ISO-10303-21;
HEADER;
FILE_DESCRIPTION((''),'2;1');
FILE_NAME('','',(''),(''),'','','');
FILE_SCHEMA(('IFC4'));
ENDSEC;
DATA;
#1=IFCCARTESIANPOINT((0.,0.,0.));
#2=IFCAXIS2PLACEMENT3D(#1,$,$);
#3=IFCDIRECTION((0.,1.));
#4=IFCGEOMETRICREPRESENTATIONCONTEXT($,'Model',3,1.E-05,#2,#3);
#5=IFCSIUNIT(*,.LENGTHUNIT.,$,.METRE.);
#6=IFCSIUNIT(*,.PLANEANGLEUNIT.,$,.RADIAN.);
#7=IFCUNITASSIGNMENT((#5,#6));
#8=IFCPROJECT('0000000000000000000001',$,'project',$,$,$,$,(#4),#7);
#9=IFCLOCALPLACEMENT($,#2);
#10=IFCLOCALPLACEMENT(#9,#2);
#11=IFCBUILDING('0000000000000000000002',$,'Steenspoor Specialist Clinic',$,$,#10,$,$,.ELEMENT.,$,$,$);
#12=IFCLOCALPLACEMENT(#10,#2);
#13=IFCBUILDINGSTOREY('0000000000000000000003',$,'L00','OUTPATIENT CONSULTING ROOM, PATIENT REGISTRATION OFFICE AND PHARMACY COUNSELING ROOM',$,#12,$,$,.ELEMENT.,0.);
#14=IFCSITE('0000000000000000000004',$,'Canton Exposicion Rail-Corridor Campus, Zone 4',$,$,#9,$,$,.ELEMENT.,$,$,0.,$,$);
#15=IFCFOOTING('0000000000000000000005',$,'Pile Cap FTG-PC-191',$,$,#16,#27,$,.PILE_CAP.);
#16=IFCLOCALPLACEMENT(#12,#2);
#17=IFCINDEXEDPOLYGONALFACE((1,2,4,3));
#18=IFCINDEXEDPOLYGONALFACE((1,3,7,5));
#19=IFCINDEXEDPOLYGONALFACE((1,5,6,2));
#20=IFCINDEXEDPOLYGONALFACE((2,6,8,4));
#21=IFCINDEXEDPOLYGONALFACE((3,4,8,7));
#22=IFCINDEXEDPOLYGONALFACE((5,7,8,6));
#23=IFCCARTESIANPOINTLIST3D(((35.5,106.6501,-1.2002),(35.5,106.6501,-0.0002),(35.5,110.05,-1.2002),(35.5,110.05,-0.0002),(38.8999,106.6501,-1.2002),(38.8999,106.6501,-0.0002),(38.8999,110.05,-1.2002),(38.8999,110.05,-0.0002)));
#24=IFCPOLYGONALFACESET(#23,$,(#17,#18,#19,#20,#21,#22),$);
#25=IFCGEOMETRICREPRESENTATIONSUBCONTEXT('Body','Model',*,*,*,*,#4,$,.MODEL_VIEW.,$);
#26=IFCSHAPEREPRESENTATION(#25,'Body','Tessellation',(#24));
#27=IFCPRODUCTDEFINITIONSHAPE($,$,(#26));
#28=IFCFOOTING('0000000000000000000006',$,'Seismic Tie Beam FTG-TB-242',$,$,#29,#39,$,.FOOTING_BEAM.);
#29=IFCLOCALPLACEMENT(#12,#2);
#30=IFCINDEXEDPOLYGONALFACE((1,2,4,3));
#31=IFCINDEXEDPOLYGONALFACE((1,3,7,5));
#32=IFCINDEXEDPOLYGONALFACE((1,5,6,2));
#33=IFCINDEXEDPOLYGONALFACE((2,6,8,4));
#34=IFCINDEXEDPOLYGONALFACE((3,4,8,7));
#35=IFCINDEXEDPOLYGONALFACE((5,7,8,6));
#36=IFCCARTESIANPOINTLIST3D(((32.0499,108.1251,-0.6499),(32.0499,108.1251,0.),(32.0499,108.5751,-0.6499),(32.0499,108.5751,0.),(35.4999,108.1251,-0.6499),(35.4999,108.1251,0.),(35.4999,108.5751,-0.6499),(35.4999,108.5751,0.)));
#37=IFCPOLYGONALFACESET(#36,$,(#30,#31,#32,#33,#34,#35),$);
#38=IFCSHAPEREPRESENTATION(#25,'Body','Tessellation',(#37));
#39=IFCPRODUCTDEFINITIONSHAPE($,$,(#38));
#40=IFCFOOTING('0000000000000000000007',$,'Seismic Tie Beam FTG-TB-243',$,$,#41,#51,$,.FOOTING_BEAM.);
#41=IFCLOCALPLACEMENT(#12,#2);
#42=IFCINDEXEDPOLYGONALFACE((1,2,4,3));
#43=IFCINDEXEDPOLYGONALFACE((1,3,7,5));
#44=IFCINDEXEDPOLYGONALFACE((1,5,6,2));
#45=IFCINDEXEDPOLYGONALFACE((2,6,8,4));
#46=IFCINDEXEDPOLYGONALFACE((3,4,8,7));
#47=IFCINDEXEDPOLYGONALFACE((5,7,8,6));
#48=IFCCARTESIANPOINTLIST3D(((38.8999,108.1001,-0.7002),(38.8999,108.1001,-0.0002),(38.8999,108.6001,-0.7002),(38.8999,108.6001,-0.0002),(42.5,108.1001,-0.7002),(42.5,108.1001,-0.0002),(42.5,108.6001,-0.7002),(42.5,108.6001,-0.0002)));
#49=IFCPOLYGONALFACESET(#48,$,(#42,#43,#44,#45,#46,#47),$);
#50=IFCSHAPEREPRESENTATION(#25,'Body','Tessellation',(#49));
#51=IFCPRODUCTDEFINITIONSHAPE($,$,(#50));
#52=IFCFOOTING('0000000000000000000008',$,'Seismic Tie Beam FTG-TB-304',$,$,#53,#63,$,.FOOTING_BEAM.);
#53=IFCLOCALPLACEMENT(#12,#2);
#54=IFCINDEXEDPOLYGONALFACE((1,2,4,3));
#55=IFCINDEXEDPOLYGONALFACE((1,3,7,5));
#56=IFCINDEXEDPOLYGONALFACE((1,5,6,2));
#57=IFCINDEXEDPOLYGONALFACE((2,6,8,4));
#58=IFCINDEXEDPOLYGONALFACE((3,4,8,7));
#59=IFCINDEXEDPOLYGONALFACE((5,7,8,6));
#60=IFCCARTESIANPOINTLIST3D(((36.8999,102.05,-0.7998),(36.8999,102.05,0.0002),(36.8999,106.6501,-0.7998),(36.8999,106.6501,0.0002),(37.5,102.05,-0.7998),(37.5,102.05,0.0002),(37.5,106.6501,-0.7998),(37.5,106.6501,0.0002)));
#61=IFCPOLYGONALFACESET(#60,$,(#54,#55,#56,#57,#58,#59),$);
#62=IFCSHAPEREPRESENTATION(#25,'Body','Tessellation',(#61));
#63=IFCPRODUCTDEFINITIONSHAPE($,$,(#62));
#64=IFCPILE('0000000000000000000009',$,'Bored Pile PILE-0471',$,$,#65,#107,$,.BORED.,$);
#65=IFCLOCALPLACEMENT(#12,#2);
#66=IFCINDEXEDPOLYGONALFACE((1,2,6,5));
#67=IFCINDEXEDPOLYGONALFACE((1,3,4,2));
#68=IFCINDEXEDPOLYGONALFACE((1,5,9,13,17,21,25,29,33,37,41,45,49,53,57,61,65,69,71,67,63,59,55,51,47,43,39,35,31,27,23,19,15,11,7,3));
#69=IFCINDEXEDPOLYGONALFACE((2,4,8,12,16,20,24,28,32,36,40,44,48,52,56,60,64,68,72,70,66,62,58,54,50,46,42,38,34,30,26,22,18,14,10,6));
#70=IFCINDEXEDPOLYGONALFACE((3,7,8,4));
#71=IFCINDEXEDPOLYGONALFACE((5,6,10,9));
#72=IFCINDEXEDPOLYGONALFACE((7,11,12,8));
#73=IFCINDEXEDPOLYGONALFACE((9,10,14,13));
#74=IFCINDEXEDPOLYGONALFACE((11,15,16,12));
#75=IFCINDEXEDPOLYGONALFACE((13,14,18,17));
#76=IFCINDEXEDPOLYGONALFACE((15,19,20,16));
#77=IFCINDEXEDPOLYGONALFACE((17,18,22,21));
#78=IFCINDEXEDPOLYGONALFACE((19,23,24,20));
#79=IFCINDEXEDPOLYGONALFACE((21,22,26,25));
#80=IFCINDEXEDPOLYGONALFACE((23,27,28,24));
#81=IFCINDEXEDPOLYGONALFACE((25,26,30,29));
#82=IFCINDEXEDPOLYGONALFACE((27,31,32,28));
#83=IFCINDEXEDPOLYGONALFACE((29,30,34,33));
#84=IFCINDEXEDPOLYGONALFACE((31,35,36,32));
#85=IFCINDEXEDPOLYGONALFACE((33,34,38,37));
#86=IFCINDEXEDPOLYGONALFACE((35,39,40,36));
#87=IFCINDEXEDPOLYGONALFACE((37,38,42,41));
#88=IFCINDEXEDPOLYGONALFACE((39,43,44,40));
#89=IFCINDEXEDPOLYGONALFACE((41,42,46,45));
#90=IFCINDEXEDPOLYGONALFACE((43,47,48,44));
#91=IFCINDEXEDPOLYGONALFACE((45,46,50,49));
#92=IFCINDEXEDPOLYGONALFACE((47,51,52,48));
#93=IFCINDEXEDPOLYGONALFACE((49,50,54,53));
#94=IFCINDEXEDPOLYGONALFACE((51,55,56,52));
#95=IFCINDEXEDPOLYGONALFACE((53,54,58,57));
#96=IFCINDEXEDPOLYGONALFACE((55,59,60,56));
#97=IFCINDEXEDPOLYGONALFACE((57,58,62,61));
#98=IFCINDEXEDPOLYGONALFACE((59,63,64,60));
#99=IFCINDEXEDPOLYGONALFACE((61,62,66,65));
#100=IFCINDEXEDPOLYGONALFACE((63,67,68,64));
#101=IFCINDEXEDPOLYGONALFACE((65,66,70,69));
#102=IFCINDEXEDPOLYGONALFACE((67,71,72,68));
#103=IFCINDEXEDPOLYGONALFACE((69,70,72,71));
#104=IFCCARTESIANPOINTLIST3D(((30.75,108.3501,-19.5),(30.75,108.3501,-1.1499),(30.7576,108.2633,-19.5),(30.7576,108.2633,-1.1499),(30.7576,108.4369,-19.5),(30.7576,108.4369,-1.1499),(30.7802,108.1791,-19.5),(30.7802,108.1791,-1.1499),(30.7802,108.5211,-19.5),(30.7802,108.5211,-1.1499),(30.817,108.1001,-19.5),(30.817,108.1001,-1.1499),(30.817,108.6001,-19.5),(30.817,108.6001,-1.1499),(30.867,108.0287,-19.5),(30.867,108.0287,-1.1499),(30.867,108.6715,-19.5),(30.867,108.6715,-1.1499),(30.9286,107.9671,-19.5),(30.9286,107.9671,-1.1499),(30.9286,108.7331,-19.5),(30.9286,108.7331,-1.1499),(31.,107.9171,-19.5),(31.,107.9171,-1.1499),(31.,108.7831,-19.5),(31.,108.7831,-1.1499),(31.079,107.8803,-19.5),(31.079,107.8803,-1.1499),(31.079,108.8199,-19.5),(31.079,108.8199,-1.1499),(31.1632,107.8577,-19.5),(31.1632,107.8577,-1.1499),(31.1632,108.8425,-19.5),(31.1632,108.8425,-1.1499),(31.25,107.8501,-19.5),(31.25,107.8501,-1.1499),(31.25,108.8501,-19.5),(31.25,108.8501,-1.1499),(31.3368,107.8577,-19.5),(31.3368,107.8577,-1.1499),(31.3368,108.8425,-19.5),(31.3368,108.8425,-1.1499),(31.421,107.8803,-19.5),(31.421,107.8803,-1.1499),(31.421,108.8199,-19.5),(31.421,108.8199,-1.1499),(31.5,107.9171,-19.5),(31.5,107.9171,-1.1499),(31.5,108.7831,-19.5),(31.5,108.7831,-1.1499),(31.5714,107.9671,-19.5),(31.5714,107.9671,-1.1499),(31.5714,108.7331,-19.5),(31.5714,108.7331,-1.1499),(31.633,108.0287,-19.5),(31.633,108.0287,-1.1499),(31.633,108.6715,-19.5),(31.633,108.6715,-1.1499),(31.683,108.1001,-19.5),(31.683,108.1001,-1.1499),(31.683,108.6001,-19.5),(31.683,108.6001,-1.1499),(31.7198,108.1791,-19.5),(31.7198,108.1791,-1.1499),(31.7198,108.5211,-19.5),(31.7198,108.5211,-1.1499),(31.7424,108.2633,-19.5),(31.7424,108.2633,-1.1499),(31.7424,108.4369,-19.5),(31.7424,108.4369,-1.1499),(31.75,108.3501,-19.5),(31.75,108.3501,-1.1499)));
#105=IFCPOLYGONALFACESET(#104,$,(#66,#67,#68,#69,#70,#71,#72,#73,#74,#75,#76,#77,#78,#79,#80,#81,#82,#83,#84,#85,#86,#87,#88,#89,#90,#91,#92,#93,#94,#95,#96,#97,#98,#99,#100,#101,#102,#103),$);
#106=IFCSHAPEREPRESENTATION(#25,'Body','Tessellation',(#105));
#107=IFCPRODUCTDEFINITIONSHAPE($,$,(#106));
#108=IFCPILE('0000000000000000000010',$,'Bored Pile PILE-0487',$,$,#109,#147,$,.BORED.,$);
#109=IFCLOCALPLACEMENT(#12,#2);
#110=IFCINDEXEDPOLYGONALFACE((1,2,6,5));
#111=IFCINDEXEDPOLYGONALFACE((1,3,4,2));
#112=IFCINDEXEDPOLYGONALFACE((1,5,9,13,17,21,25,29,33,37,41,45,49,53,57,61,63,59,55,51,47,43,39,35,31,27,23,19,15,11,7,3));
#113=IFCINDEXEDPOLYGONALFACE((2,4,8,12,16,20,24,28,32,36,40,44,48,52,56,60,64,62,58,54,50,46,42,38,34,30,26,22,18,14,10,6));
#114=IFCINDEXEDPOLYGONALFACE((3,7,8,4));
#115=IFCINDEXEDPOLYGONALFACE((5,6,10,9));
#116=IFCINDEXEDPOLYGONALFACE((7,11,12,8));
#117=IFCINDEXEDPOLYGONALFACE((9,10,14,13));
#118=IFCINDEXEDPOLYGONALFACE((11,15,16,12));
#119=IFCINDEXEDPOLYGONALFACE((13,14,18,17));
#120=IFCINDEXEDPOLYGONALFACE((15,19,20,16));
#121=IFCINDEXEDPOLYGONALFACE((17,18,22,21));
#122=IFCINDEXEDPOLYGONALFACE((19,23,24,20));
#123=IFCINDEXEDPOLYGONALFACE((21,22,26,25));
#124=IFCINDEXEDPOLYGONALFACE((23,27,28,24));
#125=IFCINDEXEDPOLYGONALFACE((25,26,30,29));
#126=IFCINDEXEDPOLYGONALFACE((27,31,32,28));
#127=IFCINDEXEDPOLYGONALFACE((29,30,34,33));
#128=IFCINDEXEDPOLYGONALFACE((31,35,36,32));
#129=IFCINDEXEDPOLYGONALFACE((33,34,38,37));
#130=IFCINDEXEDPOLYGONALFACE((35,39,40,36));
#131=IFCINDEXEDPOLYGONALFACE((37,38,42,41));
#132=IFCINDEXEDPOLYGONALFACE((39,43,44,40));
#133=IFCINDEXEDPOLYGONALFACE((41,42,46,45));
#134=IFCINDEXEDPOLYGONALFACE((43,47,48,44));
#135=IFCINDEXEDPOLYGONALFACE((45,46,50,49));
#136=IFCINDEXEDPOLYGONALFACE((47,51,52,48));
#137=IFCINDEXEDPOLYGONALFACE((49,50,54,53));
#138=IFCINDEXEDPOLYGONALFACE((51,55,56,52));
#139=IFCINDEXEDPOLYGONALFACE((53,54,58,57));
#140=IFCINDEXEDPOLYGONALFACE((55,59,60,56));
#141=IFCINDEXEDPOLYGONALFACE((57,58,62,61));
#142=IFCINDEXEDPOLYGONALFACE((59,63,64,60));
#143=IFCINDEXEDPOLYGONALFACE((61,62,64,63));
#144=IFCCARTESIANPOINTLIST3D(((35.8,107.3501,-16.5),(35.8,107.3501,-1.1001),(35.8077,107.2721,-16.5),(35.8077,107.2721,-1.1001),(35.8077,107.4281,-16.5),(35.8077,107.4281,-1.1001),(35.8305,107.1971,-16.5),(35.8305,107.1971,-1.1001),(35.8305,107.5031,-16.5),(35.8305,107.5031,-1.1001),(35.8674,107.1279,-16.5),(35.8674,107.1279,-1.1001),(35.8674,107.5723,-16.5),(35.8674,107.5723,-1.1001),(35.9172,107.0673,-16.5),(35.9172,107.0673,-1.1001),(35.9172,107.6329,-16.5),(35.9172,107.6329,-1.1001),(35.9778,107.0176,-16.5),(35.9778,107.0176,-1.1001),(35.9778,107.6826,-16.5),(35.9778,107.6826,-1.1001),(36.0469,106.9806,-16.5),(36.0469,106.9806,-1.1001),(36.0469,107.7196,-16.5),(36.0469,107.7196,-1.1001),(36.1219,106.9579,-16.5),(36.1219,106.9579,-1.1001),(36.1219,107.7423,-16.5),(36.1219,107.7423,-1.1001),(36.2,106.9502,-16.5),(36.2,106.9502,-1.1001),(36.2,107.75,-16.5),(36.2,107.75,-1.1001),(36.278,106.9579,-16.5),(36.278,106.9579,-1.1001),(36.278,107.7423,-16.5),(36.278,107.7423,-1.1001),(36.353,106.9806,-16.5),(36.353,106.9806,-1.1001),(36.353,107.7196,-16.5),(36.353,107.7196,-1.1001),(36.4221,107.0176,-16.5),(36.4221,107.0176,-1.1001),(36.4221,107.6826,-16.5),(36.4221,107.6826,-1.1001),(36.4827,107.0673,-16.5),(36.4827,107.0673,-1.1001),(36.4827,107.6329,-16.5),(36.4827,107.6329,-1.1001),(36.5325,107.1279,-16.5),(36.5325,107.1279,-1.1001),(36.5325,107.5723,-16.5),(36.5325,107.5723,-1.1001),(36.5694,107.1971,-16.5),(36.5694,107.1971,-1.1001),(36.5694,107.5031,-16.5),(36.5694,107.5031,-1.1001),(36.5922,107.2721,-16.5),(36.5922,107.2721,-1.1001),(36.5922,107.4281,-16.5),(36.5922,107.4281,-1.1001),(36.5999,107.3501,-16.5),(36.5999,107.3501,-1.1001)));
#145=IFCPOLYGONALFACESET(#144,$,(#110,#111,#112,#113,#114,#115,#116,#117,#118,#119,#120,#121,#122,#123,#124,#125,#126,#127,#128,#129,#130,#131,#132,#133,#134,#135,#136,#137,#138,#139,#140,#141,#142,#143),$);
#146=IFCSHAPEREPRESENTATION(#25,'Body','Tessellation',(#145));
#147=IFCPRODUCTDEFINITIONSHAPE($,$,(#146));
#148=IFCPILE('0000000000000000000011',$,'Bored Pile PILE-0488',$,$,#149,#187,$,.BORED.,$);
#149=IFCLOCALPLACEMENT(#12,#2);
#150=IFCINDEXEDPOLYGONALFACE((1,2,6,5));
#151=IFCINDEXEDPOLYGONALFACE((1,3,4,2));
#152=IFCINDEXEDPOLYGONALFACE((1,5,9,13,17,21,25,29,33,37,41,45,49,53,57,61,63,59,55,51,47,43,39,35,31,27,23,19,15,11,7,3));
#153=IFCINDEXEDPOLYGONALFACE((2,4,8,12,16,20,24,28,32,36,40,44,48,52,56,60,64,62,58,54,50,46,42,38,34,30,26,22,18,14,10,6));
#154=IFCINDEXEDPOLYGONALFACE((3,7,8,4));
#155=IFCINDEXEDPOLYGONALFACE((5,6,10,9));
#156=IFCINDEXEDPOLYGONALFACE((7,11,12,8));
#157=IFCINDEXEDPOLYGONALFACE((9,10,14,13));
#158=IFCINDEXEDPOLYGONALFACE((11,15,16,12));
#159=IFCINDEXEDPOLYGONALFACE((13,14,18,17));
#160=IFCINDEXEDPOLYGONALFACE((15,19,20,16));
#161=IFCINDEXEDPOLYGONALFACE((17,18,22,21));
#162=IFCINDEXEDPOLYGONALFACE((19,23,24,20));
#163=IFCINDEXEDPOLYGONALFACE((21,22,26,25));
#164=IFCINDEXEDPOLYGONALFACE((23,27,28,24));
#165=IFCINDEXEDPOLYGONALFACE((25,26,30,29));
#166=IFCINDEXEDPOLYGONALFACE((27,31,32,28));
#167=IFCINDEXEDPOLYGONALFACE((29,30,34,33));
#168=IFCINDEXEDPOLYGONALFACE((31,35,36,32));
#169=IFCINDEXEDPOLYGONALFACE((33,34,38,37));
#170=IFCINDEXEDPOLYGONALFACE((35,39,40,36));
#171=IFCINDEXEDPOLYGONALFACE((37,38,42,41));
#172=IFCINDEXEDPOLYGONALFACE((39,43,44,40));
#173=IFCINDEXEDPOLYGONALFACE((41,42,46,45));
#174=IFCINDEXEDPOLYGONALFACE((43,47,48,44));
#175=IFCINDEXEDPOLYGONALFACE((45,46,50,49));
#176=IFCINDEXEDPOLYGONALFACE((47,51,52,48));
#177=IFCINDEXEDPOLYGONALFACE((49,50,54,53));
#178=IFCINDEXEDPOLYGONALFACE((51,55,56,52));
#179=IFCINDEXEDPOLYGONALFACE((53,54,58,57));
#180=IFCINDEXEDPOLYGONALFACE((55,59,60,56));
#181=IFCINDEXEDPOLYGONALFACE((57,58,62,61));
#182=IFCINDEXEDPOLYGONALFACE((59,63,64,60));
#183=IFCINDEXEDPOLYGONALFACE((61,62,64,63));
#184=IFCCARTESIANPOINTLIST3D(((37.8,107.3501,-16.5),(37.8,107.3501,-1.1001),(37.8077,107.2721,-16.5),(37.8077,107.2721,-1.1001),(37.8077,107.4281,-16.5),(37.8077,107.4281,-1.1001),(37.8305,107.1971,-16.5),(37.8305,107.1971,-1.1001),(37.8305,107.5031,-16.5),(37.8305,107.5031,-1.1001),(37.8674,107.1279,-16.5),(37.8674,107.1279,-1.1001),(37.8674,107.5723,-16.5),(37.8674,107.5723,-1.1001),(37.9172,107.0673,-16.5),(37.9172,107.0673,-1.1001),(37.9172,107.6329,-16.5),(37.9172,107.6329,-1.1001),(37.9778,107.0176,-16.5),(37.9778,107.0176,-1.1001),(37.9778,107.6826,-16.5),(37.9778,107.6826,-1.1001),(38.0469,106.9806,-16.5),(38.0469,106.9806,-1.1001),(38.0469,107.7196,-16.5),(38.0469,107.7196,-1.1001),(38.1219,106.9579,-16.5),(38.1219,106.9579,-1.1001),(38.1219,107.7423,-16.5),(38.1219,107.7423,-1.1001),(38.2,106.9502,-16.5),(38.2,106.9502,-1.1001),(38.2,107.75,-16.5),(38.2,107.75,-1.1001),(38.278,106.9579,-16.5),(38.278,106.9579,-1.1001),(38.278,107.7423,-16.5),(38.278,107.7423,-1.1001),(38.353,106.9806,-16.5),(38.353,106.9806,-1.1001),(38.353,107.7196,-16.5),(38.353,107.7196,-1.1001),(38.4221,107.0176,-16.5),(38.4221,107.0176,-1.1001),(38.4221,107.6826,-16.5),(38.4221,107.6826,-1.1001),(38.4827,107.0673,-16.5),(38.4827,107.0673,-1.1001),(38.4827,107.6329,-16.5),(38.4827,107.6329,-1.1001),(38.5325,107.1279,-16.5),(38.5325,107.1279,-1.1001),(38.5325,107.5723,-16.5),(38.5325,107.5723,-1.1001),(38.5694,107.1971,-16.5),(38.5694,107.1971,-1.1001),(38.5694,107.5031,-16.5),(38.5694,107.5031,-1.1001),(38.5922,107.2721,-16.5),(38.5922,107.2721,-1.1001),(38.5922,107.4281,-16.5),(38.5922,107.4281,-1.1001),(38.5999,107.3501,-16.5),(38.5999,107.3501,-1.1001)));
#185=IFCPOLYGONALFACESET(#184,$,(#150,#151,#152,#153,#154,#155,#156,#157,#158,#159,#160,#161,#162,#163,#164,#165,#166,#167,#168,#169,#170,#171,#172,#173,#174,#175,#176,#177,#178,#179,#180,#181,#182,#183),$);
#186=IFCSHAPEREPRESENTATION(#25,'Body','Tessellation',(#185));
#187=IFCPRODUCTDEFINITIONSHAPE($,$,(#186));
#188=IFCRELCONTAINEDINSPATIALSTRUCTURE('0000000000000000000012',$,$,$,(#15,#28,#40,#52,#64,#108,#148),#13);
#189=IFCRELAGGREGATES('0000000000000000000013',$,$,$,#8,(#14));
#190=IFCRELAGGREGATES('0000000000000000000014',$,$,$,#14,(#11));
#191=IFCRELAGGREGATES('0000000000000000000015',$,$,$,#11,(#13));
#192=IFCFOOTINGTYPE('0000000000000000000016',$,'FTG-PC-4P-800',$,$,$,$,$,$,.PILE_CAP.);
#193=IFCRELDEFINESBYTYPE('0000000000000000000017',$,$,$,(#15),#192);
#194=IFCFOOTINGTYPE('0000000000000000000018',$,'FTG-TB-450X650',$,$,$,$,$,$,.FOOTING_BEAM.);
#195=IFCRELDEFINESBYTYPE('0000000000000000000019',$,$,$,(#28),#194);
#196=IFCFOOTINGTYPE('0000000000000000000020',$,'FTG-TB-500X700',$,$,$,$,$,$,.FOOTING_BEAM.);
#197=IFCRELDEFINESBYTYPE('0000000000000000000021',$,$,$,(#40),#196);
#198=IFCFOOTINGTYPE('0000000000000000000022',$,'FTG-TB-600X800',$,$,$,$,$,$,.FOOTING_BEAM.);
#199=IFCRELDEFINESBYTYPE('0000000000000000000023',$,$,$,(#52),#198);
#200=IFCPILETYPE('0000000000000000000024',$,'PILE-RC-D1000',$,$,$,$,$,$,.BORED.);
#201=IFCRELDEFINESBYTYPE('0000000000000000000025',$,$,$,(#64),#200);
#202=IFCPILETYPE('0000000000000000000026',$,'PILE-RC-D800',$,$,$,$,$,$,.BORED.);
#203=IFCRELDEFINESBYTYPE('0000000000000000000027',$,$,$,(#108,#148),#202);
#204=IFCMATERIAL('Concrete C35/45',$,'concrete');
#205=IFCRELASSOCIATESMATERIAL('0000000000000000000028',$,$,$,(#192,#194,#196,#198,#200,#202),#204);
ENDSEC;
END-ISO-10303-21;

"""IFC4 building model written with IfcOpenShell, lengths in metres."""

from ifc_helpers import new_model, si_unit, direction, frame, origin, origin_2d, place, context, subcontext, project, spatial, rectangle, circle, extrude, material, material_profile, profile_set, type_object, element, save


model = new_model("IFC4")

# Units and contexts
model_context = context("Model", 3, precision=1e-05, world=origin(), true_north=direction((0.0, 1.0)))
body_context = subcontext(model_context, "Body", "Model", "MODEL_VIEW")
ifc_project = project(units=[si_unit("LENGTHUNIT", "METRE"), si_unit("PLANEANGLEUNIT", "RADIAN")], contexts=[model_context])

# Site, building, storey
site_placement = place(None, origin())
site = spatial("IfcSite", under=ifc_project, at=site_placement, Name="Canton Exposicion Rail-Corridor Campus, Zone 4", CompositionType="ELEMENT", RefElevation=0.0)
building_placement = place(site_placement, origin())
building = spatial("IfcBuilding", under=site, at=building_placement, Name="Steenspoor Specialist Clinic", CompositionType="ELEMENT")
storey_placement = place(building_placement, origin())
storey = spatial("IfcBuildingStorey", under=building, at=storey_placement, Name="L00", Description="OUTPATIENT CONSULTING ROOM, PATIENT REGISTRATION OFFICE AND PHARMACY COUNSELING ROOM", CompositionType="ELEMENT", Elevation=0.0)

# Footings
ifc_material_1 = material(Name="Concrete C35/45", Category="concrete")
footing_type_1 = type_object("IfcFootingType", Name="FTG-PC-4P-800", PredefinedType="PILE_CAP", material=ifc_material_1)
footing_1_placement = place(storey_placement, frame((37.2, 108.3501, -1.2002), z_axis=(0.0, 0.0, 1.0), x_axis=(1.0, 0.0, 0.0)))
element("IfcFooting", 1, at=footing_1_placement, inside=storey, type_object=footing_type_1, Name="Pile Cap FTG-PC-191", PredefinedType="PILE_CAP", context=body_context, shape_type="SweptSolid", body=[
    extrude(rectangle(XDim=3.3999, YDim=3.3999, at=origin_2d()), origin(), (0.0, 0.0, 1.0), 1.2),
])
footing_type_2 = type_object("IfcFootingType", Name="FTG-TB-450X650", PredefinedType="FOOTING_BEAM", material=ifc_material_1)
footing_2_placement = place(storey_placement, frame((33.7749, 108.3501, -0.6499), z_axis=(0.0, 0.0, 1.0), x_axis=(1.0, 0.0, 0.0)))
element("IfcFooting", 2, at=footing_2_placement, inside=storey, type_object=footing_type_2, Name="Seismic Tie Beam FTG-TB-242", PredefinedType="FOOTING_BEAM", context=body_context, shape_type="SweptSolid", body=[
    extrude(rectangle(XDim=3.45, YDim=0.45, at=origin_2d()), origin(), (0.0, 0.0, 1.0), 0.6499),
])
footing_type_3 = type_object("IfcFootingType", Name="FTG-TB-500X700", PredefinedType="FOOTING_BEAM", material=ifc_material_1)
footing_3_placement = place(storey_placement, frame((40.7, 108.3501, -0.7002), z_axis=(0.0, 0.0, 1.0), x_axis=(1.0, 0.0, 0.0)))
element("IfcFooting", 3, at=footing_3_placement, inside=storey, type_object=footing_type_3, Name="Seismic Tie Beam FTG-TB-243", PredefinedType="FOOTING_BEAM", context=body_context, shape_type="SweptSolid", body=[
    extrude(rectangle(XDim=3.6001, YDim=0.5, at=origin_2d()), origin(), (0.0, 0.0, 1.0), 0.7),
])
footing_type_4 = type_object("IfcFootingType", Name="FTG-TB-600X800", PredefinedType="FOOTING_BEAM", material=ifc_material_1)
footing_4_placement = place(storey_placement, frame((37.2, 104.3501, -0.7998), z_axis=(0.0, 0.0, 1.0), x_axis=(1.0, 0.0, 0.0)))
element("IfcFooting", 4, at=footing_4_placement, inside=storey, type_object=footing_type_4, Name="Seismic Tie Beam FTG-TB-304", PredefinedType="FOOTING_BEAM", context=body_context, shape_type="SweptSolid", body=[
    extrude(rectangle(XDim=0.6001, YDim=4.6001, at=origin_2d()), origin(), (0.0, 0.0, 1.0), 0.8),
])

# Piles
ifc_material_profile_1 = material_profile(ifc_material_1, circle(Radius=0.5, at=origin_2d()), Name="PILE-D1000")
ifc_profile_set_1 = profile_set([ifc_material_profile_1], Name="Concrete C35/45")
pile_type_1 = type_object("IfcPileType", Name="PILE-RC-D1000", PredefinedType="BORED", material=ifc_profile_set_1)
pile_placement = place(storey_placement, frame((31.25, 108.3501, -1.1499), z_axis=(0.0, 0.0, -1.0), x_axis=(1.0, 0.0, 0.0)))
element("IfcPile", 5, at=pile_placement, inside=storey, type_object=pile_type_1, Name="Bored Pile PILE-0471", PredefinedType="BORED", context=body_context, shape_type="SweptSolid", body=[
    extrude(circle(Radius=0.5, at=origin_2d()), origin(), (0.0, 0.0, 1.0), 18.3501),
])
ifc_material_profile_2 = material_profile(ifc_material_1, circle(Radius=0.3999, at=origin_2d()), Name="PILE-D800")
ifc_profile_set_2 = profile_set([ifc_material_profile_2], Name="Concrete C35/45")
pile_type_2 = type_object("IfcPileType", Name="PILE-RC-D800", PredefinedType="BORED", material=ifc_profile_set_2)
for number, where, z_axis, x_axis, name in (
    (6, (36.2, 107.3501, -1.1001), (0.0, 0.0, -1.0), (1.0, 0.0, 0.0), "Bored Pile PILE-0487"),
    (7, (38.2, 107.3501, -1.1001), (0.0, 0.0, -1.0), (1.0, 0.0, 0.0), "Bored Pile PILE-0488"),
):
    element("IfcPile", number, at=place(storey_placement, frame(where, z_axis=z_axis, x_axis=x_axis)), inside=storey, type_object=pile_type_2, Name=name, PredefinedType="BORED", context=body_context, shape_type="SweptSolid", body=[
        extrude(circle(Radius=0.3999, at=origin_2d()), origin(), (0.0, 0.0, 1.0), 15.3999),
    ])

save(model, "model.ifc")
